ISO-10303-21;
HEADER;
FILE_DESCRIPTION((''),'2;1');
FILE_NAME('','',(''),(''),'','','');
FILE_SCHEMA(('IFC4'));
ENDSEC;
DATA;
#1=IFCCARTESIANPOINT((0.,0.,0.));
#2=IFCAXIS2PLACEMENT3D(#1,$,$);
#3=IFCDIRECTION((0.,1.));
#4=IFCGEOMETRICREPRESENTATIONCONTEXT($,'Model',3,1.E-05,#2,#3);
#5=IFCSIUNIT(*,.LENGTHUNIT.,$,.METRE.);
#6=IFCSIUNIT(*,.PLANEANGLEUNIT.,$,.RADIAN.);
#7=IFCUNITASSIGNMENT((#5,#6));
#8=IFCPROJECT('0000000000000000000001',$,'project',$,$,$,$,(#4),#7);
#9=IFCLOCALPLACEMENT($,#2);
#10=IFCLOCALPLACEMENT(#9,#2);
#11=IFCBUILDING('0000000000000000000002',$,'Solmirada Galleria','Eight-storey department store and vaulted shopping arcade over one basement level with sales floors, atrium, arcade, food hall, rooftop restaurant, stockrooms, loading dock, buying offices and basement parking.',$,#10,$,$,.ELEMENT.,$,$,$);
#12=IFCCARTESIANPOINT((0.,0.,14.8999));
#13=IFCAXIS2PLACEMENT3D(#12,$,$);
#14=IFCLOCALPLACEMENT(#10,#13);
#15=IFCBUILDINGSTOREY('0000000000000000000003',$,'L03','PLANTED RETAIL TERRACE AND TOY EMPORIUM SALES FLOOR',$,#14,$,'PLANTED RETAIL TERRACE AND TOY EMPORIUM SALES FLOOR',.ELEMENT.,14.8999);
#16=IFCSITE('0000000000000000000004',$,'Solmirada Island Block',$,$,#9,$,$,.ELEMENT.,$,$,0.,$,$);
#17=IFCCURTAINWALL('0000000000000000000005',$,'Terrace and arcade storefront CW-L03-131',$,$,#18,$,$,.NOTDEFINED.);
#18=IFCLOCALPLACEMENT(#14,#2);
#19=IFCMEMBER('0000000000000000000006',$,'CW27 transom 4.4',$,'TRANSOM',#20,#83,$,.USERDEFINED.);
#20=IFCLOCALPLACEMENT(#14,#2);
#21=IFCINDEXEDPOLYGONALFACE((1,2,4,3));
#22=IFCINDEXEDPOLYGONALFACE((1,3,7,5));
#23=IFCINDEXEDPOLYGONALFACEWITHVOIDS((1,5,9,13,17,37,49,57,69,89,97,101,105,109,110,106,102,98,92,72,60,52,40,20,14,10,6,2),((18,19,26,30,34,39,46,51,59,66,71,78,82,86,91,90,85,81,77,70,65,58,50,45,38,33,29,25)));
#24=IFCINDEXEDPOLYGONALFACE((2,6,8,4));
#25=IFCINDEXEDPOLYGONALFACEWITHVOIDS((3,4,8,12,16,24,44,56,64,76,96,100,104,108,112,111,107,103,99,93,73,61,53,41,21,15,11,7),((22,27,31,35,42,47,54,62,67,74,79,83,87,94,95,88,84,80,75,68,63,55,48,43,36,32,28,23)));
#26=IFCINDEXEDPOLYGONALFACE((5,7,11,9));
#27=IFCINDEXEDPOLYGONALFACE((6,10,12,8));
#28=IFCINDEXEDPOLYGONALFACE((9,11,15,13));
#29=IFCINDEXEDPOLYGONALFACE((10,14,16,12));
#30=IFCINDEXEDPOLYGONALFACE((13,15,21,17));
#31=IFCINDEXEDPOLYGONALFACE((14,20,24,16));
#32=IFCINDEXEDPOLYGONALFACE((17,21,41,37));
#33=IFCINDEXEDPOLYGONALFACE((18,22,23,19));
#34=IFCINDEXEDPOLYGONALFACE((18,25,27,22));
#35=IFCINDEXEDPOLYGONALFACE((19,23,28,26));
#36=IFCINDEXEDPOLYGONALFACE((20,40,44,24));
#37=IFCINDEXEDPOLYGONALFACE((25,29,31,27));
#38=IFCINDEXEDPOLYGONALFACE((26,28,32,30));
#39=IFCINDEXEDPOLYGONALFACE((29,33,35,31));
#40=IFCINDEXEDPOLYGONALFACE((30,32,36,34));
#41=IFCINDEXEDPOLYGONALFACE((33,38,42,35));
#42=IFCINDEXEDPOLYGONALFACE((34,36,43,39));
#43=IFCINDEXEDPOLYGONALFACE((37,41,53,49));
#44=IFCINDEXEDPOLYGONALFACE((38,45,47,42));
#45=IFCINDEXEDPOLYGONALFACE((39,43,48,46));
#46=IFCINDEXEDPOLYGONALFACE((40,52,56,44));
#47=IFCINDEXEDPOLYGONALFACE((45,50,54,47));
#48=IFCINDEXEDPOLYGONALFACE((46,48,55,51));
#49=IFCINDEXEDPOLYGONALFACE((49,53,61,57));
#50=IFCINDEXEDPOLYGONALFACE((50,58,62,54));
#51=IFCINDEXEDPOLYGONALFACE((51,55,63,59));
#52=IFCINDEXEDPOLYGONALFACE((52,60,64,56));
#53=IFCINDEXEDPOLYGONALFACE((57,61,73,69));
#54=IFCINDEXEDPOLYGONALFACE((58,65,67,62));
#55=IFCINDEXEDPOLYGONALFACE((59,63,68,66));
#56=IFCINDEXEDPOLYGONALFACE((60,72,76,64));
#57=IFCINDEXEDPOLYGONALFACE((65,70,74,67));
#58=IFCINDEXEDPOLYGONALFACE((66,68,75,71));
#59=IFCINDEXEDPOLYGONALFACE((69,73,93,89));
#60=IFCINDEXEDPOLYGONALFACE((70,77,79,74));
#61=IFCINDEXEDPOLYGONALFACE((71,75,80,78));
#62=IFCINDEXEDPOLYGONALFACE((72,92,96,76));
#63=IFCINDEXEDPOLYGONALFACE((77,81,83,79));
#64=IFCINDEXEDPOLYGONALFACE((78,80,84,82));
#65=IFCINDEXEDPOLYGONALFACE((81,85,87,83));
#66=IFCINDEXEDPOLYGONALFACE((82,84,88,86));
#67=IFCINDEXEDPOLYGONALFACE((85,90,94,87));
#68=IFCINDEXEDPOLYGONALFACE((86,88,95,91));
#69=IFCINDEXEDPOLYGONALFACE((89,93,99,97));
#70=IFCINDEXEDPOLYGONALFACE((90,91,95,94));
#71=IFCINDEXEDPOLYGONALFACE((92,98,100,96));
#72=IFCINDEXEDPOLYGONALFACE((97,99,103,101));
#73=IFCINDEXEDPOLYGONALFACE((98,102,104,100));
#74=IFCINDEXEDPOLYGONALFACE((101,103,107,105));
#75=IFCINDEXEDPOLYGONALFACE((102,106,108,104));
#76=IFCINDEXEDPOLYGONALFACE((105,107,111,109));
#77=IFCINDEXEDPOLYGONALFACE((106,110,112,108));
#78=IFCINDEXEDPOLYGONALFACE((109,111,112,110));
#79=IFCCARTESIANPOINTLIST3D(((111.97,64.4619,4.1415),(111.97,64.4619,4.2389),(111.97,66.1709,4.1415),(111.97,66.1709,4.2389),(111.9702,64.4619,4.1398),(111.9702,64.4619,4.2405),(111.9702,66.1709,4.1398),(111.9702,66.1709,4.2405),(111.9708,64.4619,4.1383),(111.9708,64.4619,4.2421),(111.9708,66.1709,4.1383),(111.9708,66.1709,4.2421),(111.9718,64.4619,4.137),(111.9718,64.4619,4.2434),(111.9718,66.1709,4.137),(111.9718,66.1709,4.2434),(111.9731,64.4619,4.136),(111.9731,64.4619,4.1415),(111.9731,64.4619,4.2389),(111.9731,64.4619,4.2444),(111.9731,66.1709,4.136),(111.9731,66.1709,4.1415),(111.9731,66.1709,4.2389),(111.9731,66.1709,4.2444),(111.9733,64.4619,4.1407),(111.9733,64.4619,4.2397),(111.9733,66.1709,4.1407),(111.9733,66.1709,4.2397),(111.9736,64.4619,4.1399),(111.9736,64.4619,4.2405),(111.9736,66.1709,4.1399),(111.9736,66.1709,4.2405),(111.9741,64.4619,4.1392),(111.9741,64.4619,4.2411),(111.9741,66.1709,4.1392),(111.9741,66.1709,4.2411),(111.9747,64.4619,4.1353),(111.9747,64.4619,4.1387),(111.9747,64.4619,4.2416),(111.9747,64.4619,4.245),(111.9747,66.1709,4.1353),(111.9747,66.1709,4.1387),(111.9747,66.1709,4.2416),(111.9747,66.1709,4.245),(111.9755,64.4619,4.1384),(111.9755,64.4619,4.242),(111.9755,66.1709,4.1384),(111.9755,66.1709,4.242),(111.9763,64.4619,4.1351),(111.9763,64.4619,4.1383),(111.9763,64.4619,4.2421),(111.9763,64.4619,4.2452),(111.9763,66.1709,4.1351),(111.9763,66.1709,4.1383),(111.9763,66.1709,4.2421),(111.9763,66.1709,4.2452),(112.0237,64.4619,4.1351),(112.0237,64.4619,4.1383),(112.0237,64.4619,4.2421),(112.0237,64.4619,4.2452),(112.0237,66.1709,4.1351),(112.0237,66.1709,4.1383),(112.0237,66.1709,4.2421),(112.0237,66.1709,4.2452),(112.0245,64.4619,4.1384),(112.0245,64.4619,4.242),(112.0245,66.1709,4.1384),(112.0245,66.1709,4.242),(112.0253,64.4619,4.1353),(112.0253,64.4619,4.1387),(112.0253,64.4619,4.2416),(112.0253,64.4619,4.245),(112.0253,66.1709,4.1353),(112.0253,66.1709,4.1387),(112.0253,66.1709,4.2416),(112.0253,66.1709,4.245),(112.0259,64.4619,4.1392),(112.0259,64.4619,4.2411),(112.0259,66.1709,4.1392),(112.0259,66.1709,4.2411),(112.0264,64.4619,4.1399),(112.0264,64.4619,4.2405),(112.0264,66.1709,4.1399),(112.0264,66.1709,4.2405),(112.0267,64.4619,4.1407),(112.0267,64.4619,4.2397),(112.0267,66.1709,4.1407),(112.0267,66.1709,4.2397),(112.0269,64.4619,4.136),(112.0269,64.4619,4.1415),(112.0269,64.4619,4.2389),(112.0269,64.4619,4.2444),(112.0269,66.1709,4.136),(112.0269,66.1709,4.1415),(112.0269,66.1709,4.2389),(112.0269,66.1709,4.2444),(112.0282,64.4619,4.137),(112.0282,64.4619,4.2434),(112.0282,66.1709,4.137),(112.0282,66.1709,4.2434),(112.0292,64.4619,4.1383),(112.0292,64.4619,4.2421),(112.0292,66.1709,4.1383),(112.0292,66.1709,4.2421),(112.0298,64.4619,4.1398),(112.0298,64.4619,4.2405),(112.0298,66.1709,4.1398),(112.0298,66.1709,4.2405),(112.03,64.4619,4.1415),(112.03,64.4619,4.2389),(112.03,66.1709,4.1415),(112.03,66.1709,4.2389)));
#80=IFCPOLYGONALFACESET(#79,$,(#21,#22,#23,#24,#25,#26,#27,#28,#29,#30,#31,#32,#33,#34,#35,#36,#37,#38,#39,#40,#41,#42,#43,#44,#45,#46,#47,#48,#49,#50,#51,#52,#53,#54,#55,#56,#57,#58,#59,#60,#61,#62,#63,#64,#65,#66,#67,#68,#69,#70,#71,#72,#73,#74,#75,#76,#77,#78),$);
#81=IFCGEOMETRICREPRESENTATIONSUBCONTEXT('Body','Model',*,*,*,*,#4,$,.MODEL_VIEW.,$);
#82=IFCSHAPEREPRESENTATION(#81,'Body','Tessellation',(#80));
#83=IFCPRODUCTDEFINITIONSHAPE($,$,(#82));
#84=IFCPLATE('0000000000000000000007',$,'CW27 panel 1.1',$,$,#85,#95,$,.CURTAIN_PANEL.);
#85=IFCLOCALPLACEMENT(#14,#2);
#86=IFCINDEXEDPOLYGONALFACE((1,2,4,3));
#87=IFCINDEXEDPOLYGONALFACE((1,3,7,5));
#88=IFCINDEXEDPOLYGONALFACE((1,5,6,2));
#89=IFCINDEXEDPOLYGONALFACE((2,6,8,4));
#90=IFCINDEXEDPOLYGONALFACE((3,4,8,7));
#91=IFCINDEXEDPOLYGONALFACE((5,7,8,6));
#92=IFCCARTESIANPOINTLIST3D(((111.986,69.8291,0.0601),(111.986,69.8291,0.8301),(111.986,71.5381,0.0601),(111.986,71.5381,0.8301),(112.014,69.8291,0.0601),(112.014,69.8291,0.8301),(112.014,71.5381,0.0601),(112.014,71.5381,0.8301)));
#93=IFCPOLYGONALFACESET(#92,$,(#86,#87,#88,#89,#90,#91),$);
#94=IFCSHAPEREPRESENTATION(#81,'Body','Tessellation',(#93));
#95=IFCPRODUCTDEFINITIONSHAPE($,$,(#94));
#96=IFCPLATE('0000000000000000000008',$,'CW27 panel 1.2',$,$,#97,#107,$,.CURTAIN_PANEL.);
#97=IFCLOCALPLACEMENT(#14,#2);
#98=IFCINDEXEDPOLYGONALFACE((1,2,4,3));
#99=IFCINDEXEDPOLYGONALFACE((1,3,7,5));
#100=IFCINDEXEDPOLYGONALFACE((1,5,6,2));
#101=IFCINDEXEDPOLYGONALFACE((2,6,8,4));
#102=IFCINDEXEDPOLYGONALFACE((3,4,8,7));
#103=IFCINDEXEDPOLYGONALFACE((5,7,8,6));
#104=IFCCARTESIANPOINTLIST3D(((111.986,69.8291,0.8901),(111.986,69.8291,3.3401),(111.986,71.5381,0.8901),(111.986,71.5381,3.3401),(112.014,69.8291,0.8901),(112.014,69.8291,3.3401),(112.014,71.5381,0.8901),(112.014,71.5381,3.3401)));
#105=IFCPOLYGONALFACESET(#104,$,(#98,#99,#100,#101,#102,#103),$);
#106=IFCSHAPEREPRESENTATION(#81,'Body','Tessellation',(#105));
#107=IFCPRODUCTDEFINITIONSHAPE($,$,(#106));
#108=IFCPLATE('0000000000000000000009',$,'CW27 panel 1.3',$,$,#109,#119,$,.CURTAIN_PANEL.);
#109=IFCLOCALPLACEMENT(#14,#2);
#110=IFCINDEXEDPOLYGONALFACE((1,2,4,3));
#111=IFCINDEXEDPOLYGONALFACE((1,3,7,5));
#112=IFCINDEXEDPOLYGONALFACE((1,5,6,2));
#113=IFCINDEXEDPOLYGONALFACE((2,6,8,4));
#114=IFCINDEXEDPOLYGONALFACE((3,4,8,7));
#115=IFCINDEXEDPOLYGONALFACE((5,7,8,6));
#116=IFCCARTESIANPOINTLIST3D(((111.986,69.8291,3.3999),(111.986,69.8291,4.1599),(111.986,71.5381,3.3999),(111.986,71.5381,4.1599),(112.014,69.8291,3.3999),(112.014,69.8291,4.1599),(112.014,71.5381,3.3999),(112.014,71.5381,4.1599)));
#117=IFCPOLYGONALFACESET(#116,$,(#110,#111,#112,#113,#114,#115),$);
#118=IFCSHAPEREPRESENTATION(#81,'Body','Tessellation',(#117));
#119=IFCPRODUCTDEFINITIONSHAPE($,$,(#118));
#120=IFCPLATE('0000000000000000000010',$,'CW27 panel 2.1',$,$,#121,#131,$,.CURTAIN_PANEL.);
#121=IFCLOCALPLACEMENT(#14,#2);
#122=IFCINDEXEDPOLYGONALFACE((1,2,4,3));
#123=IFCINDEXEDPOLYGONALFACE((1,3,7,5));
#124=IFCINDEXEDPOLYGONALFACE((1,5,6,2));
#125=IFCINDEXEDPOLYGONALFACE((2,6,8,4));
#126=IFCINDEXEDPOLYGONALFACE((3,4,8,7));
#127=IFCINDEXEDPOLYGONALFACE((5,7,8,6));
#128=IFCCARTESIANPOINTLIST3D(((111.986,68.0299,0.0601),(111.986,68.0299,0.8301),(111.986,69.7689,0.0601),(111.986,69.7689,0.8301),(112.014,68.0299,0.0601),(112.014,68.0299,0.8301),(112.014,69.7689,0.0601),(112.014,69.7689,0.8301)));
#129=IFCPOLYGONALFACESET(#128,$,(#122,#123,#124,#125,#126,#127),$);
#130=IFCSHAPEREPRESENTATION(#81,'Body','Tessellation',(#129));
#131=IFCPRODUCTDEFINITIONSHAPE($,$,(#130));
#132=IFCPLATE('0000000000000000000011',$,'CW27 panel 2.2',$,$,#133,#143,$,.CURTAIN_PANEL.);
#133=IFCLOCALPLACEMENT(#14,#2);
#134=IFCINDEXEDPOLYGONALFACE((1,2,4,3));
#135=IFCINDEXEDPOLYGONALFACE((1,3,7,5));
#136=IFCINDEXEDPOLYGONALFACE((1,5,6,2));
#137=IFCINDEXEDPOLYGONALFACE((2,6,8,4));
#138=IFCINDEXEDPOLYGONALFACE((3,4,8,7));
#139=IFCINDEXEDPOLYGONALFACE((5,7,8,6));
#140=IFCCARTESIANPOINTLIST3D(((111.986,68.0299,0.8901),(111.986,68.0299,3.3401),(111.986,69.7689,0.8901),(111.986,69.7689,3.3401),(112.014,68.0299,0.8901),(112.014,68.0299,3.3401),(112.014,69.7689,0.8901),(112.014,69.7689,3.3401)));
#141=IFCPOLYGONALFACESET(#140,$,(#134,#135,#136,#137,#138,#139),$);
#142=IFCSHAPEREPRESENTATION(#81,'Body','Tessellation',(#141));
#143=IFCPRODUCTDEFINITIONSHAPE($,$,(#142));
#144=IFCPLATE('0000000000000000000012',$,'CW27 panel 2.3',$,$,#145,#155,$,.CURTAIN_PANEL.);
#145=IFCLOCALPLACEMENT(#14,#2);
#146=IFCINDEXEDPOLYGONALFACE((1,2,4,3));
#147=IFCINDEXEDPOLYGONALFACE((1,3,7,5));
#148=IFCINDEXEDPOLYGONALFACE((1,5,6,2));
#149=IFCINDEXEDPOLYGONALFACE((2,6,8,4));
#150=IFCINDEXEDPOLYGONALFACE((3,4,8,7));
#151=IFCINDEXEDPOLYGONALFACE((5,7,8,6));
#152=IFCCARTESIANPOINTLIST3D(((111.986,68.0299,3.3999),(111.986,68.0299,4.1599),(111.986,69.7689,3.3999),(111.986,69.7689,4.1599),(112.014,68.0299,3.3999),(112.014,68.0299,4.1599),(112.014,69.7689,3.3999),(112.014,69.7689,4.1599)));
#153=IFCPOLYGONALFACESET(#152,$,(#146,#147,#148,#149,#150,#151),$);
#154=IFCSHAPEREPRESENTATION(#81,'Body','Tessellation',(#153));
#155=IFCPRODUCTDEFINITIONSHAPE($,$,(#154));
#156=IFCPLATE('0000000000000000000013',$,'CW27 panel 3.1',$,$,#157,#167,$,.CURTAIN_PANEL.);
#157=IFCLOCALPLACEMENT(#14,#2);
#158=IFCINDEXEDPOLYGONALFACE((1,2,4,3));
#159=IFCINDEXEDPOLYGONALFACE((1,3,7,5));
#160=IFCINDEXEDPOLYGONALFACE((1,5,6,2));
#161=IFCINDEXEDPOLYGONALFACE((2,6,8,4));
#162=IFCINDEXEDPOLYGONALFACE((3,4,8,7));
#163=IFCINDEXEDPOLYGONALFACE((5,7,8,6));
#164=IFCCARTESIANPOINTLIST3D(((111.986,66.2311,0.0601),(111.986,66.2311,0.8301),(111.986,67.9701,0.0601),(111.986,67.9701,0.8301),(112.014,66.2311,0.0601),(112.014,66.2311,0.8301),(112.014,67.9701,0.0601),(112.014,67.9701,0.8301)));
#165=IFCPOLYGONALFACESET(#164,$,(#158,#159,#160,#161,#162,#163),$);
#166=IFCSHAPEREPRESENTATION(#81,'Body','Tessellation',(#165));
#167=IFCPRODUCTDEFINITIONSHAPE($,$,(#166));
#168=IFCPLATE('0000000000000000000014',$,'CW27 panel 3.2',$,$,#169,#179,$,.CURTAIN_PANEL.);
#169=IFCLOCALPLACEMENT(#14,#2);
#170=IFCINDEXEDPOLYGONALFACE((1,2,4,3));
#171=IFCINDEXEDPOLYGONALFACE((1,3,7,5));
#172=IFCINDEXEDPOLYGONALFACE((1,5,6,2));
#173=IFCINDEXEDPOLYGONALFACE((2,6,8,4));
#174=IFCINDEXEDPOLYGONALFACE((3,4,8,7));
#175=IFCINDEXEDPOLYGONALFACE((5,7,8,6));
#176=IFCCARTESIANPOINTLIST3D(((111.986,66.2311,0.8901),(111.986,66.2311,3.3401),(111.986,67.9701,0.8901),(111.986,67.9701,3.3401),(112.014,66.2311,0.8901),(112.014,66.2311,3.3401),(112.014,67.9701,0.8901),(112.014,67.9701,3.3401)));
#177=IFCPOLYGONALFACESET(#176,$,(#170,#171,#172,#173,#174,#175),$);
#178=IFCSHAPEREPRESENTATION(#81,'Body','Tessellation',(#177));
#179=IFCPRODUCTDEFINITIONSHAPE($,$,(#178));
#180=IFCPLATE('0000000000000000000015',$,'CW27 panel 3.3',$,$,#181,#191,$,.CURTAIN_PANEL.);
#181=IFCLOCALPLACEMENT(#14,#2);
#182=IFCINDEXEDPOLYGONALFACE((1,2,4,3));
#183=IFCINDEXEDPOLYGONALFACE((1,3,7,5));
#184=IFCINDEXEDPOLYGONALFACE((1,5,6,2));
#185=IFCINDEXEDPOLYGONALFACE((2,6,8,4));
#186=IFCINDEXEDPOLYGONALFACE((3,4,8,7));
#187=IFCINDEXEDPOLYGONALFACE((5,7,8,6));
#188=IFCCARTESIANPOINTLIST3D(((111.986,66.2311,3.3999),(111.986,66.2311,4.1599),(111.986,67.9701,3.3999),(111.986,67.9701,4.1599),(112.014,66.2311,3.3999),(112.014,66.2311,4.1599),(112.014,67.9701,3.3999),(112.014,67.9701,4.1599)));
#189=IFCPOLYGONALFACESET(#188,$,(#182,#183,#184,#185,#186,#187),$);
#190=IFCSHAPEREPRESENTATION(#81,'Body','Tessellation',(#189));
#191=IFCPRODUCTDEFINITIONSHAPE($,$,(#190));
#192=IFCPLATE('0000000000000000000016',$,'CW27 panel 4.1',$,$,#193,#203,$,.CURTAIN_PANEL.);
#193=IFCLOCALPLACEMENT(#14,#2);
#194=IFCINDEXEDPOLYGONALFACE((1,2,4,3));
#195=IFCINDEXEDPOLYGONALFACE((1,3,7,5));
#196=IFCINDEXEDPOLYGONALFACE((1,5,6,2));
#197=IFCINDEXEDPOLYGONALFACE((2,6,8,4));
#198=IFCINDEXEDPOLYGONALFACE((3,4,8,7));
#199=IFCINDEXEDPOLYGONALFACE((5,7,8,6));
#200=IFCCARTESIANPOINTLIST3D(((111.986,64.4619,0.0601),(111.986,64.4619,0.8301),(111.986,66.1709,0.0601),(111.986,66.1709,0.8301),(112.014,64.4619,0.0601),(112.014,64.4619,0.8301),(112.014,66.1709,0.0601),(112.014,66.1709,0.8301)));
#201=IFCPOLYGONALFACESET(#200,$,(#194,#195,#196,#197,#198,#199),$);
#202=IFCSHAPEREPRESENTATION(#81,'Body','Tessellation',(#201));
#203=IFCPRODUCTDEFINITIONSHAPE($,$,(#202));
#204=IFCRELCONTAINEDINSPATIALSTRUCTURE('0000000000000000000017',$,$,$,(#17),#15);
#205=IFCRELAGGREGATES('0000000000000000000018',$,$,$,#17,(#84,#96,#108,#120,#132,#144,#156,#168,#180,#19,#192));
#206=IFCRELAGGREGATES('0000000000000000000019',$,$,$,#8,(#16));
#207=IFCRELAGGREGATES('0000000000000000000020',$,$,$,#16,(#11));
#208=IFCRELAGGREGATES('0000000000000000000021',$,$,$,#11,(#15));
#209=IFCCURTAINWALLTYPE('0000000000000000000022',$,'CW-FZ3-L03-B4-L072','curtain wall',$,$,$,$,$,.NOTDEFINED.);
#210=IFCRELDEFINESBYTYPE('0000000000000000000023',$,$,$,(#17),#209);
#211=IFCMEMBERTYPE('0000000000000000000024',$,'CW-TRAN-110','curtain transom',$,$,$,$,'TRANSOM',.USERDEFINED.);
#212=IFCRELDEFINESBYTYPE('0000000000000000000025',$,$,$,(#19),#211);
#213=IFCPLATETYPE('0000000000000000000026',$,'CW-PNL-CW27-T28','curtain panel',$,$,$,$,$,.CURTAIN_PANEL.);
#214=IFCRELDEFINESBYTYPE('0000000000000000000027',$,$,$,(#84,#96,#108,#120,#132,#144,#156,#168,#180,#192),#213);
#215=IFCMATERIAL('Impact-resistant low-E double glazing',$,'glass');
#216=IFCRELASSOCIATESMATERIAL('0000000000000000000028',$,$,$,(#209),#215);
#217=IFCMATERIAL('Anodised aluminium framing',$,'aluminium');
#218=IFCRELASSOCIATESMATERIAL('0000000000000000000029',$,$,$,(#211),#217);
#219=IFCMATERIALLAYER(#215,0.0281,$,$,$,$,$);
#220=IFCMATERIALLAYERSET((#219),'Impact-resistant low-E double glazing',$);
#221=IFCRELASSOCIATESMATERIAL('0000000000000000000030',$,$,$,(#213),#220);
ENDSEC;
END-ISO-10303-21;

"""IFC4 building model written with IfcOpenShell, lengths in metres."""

from ifc_helpers import new_model, si_unit, direction, frame, origin, origin_2d, place, context, subcontext, project, spatial, rectangle, hollow_rectangle, extrude, material, layer, layer_set, material_profile, profile_set, type_object, element, aggregate, save


model = new_model("IFC4")

# Units and contexts
model_context = context("Model", 3, precision=1e-05, world=origin(), true_north=direction((0.0, 1.0)))
body_context = subcontext(model_context, "Body", "Model", "MODEL_VIEW")
ifc_project = project(units=[si_unit("LENGTHUNIT", "METRE"), si_unit("PLANEANGLEUNIT", "RADIAN")], contexts=[model_context])

# Site, building, storey
site_placement = place(None, origin())
site = spatial("IfcSite", under=ifc_project, at=site_placement, Name="Solmirada Island Block", CompositionType="ELEMENT", RefElevation=0.0)
building_placement = place(site_placement, origin())
building = spatial("IfcBuilding", under=site, at=building_placement, Name="Solmirada Galleria", Description="Eight-storey department store and vaulted shopping arcade over one basement level with sales floors, atrium, arcade, food hall, rooftop restaurant, stockrooms, loading dock, buying offices and basement parking.", CompositionType="ELEMENT")
storey_placement = place(building_placement, frame((0.0, 0.0, 14.8999)))
storey = spatial("IfcBuildingStorey", under=building, at=storey_placement, Name="L03", Description="PLANTED RETAIL TERRACE AND TOY EMPORIUM SALES FLOOR", LongName="PLANTED RETAIL TERRACE AND TOY EMPORIUM SALES FLOOR", CompositionType="ELEMENT", Elevation=14.8999)

# Curtain wall, member, plates
ifc_material_1 = material(Name="Impact-resistant low-E double glazing", Category="glass")
curtain_wall_type = type_object("IfcCurtainWallType", Name="CW-FZ3-L03-B4-L072", Description="curtain wall", PredefinedType="NOTDEFINED", material=ifc_material_1)
curtain_wall_placement = place(storey_placement, origin())
curtain_wall = element("IfcCurtainWall", 1, at=curtain_wall_placement, inside=storey, type_object=curtain_wall_type, Name="Terrace and arcade storefront CW-L03-131", PredefinedType="NOTDEFINED")
ifc_material_2 = material(Name="Anodised aluminium framing", Category="aluminium")
ifc_material_profile_1 = material_profile(ifc_material_2, hollow_rectangle(XDim=0.0601, YDim=0.1101, WallThickness=0.0032, InnerFilletRadius=0.0032, OuterFilletRadius=0.0063, at=origin_2d()), Name="ALU-TRAN-110X60")
ifc_profile_set_1 = profile_set([ifc_material_profile_1], Name="Anodised aluminium framing")
member_type_1 = type_object("IfcMemberType", Name="CW-TRAN-110", Description="curtain transom", ElementType="TRANSOM", PredefinedType="USERDEFINED", material=ifc_profile_set_1)
member_1_placement = place(storey_placement, frame((112.0, 66.1709, 4.1902), z_axis=(0.0, -1.0, 0.0), x_axis=(1.0, 0.0, 0.0)))
member_1 = element("IfcMember", 2, at=member_1_placement, type_object=member_type_1, Name="CW27 transom 4.4", ObjectType="TRANSOM", PredefinedType="USERDEFINED", context=body_context, shape_type="SweptSolid", body=[
    extrude(hollow_rectangle(XDim=0.0601, YDim=0.1101, WallThickness=0.0032, InnerFilletRadius=0.0032, OuterFilletRadius=0.0063, at=origin_2d()), origin(), (0.0, 0.0, 1.0), 1.709),
])
ifc_layer = layer(ifc_material_1, 0.0281)
ifc_layer_set = layer_set([ifc_layer], Name="Impact-resistant low-E double glazing")
plate_type = type_object("IfcPlateType", Name="CW-PNL-CW27-T28", Description="curtain panel", PredefinedType="CURTAIN_PANEL", material=ifc_layer_set)
plate_1_placement = place(storey_placement, frame((112.0, 70.6836, 0.0601), z_axis=(0.0, 0.0, 1.0), x_axis=(0.0, -1.0, 0.0)))
plate_1 = element("IfcPlate", 3, at=plate_1_placement, type_object=plate_type, Name="CW27 panel 1.1", PredefinedType="CURTAIN_PANEL", context=body_context, shape_type="SweptSolid", body=[
    extrude(rectangle(XDim=1.709, YDim=0.0281, at=origin_2d()), origin(), (0.0, 0.0, 1.0), 0.77),
])
plate_2_placement = place(storey_placement, frame((112.0, 70.6836, 0.8901), z_axis=(0.0, 0.0, 1.0), x_axis=(0.0, -1.0, 0.0)))
plate_2 = element("IfcPlate", 4, at=plate_2_placement, type_object=plate_type, Name="CW27 panel 1.2", PredefinedType="CURTAIN_PANEL", context=body_context, shape_type="SweptSolid", body=[
    extrude(rectangle(XDim=1.709, YDim=0.0281, at=origin_2d()), origin(), (0.0, 0.0, 1.0), 2.45),
])
plate_3_placement = place(storey_placement, frame((112.0, 70.6836, 3.3999), z_axis=(0.0, 0.0, 1.0), x_axis=(0.0, -1.0, 0.0)))
plate_3 = element("IfcPlate", 5, at=plate_3_placement, type_object=plate_type, Name="CW27 panel 1.3", PredefinedType="CURTAIN_PANEL", context=body_context, shape_type="SweptSolid", body=[
    extrude(rectangle(XDim=1.709, YDim=0.0281, at=origin_2d()), origin(), (0.0, 0.0, 1.0), 0.76),
])
plate_4_placement = place(storey_placement, frame((112.0, 68.8994, 0.0601), z_axis=(0.0, 0.0, 1.0), x_axis=(0.0, -1.0, 0.0)))
plate_4 = element("IfcPlate", 6, at=plate_4_placement, type_object=plate_type, Name="CW27 panel 2.1", PredefinedType="CURTAIN_PANEL", context=body_context, shape_type="SweptSolid", body=[
    extrude(rectangle(XDim=1.739, YDim=0.0281, at=origin_2d()), origin(), (0.0, 0.0, 1.0), 0.77),
])
plate_5_placement = place(storey_placement, frame((112.0, 68.8994, 0.8901), z_axis=(0.0, 0.0, 1.0), x_axis=(0.0, -1.0, 0.0)))
plate_5 = element("IfcPlate", 7, at=plate_5_placement, type_object=plate_type, Name="CW27 panel 2.2", PredefinedType="CURTAIN_PANEL", context=body_context, shape_type="SweptSolid", body=[
    extrude(rectangle(XDim=1.739, YDim=0.0281, at=origin_2d()), origin(), (0.0, 0.0, 1.0), 2.45),
])
plate_6_placement = place(storey_placement, frame((112.0, 68.8994, 3.3999), z_axis=(0.0, 0.0, 1.0), x_axis=(0.0, -1.0, 0.0)))
plate_6 = element("IfcPlate", 8, at=plate_6_placement, type_object=plate_type, Name="CW27 panel 2.3", PredefinedType="CURTAIN_PANEL", context=body_context, shape_type="SweptSolid", body=[
    extrude(rectangle(XDim=1.739, YDim=0.0281, at=origin_2d()), origin(), (0.0, 0.0, 1.0), 0.76),
])
plate_7_placement = place(storey_placement, frame((112.0, 67.1006, 0.0601), z_axis=(0.0, 0.0, 1.0), x_axis=(0.0, -1.0, 0.0)))
plate_7 = element("IfcPlate", 9, at=plate_7_placement, type_object=plate_type, Name="CW27 panel 3.1", PredefinedType="CURTAIN_PANEL", context=body_context, shape_type="SweptSolid", body=[
    extrude(rectangle(XDim=1.739, YDim=0.0281, at=origin_2d()), origin(), (0.0, 0.0, 1.0), 0.77),
])
plate_8_placement = place(storey_placement, frame((112.0, 67.1006, 0.8901), z_axis=(0.0, 0.0, 1.0), x_axis=(0.0, -1.0, 0.0)))
plate_8 = element("IfcPlate", 10, at=plate_8_placement, type_object=plate_type, Name="CW27 panel 3.2", PredefinedType="CURTAIN_PANEL", context=body_context, shape_type="SweptSolid", body=[
    extrude(rectangle(XDim=1.739, YDim=0.0281, at=origin_2d()), origin(), (0.0, 0.0, 1.0), 2.45),
])
plate_9_placement = place(storey_placement, frame((112.0, 67.1006, 3.3999), z_axis=(0.0, 0.0, 1.0), x_axis=(0.0, -1.0, 0.0)))
plate_9 = element("IfcPlate", 11, at=plate_9_placement, type_object=plate_type, Name="CW27 panel 3.3", PredefinedType="CURTAIN_PANEL", context=body_context, shape_type="SweptSolid", body=[
    extrude(rectangle(XDim=1.739, YDim=0.0281, at=origin_2d()), origin(), (0.0, 0.0, 1.0), 0.76),
])
plate_10_placement = place(storey_placement, frame((112.0, 65.3164, 0.0601), z_axis=(0.0, 0.0, 1.0), x_axis=(0.0, -1.0, 0.0)))
plate_10 = element("IfcPlate", 12, at=plate_10_placement, type_object=plate_type, Name="CW27 panel 4.1", PredefinedType="CURTAIN_PANEL", context=body_context, shape_type="SweptSolid", body=[
    extrude(rectangle(XDim=1.709, YDim=0.0281, at=origin_2d()), origin(), (0.0, 0.0, 1.0), 0.77),
])
aggregate(curtain_wall, [plate_1, plate_2, plate_3, plate_4, plate_5, plate_6, plate_7, plate_8, plate_9, member_1, plate_10])

save(model, "model.ifc")
